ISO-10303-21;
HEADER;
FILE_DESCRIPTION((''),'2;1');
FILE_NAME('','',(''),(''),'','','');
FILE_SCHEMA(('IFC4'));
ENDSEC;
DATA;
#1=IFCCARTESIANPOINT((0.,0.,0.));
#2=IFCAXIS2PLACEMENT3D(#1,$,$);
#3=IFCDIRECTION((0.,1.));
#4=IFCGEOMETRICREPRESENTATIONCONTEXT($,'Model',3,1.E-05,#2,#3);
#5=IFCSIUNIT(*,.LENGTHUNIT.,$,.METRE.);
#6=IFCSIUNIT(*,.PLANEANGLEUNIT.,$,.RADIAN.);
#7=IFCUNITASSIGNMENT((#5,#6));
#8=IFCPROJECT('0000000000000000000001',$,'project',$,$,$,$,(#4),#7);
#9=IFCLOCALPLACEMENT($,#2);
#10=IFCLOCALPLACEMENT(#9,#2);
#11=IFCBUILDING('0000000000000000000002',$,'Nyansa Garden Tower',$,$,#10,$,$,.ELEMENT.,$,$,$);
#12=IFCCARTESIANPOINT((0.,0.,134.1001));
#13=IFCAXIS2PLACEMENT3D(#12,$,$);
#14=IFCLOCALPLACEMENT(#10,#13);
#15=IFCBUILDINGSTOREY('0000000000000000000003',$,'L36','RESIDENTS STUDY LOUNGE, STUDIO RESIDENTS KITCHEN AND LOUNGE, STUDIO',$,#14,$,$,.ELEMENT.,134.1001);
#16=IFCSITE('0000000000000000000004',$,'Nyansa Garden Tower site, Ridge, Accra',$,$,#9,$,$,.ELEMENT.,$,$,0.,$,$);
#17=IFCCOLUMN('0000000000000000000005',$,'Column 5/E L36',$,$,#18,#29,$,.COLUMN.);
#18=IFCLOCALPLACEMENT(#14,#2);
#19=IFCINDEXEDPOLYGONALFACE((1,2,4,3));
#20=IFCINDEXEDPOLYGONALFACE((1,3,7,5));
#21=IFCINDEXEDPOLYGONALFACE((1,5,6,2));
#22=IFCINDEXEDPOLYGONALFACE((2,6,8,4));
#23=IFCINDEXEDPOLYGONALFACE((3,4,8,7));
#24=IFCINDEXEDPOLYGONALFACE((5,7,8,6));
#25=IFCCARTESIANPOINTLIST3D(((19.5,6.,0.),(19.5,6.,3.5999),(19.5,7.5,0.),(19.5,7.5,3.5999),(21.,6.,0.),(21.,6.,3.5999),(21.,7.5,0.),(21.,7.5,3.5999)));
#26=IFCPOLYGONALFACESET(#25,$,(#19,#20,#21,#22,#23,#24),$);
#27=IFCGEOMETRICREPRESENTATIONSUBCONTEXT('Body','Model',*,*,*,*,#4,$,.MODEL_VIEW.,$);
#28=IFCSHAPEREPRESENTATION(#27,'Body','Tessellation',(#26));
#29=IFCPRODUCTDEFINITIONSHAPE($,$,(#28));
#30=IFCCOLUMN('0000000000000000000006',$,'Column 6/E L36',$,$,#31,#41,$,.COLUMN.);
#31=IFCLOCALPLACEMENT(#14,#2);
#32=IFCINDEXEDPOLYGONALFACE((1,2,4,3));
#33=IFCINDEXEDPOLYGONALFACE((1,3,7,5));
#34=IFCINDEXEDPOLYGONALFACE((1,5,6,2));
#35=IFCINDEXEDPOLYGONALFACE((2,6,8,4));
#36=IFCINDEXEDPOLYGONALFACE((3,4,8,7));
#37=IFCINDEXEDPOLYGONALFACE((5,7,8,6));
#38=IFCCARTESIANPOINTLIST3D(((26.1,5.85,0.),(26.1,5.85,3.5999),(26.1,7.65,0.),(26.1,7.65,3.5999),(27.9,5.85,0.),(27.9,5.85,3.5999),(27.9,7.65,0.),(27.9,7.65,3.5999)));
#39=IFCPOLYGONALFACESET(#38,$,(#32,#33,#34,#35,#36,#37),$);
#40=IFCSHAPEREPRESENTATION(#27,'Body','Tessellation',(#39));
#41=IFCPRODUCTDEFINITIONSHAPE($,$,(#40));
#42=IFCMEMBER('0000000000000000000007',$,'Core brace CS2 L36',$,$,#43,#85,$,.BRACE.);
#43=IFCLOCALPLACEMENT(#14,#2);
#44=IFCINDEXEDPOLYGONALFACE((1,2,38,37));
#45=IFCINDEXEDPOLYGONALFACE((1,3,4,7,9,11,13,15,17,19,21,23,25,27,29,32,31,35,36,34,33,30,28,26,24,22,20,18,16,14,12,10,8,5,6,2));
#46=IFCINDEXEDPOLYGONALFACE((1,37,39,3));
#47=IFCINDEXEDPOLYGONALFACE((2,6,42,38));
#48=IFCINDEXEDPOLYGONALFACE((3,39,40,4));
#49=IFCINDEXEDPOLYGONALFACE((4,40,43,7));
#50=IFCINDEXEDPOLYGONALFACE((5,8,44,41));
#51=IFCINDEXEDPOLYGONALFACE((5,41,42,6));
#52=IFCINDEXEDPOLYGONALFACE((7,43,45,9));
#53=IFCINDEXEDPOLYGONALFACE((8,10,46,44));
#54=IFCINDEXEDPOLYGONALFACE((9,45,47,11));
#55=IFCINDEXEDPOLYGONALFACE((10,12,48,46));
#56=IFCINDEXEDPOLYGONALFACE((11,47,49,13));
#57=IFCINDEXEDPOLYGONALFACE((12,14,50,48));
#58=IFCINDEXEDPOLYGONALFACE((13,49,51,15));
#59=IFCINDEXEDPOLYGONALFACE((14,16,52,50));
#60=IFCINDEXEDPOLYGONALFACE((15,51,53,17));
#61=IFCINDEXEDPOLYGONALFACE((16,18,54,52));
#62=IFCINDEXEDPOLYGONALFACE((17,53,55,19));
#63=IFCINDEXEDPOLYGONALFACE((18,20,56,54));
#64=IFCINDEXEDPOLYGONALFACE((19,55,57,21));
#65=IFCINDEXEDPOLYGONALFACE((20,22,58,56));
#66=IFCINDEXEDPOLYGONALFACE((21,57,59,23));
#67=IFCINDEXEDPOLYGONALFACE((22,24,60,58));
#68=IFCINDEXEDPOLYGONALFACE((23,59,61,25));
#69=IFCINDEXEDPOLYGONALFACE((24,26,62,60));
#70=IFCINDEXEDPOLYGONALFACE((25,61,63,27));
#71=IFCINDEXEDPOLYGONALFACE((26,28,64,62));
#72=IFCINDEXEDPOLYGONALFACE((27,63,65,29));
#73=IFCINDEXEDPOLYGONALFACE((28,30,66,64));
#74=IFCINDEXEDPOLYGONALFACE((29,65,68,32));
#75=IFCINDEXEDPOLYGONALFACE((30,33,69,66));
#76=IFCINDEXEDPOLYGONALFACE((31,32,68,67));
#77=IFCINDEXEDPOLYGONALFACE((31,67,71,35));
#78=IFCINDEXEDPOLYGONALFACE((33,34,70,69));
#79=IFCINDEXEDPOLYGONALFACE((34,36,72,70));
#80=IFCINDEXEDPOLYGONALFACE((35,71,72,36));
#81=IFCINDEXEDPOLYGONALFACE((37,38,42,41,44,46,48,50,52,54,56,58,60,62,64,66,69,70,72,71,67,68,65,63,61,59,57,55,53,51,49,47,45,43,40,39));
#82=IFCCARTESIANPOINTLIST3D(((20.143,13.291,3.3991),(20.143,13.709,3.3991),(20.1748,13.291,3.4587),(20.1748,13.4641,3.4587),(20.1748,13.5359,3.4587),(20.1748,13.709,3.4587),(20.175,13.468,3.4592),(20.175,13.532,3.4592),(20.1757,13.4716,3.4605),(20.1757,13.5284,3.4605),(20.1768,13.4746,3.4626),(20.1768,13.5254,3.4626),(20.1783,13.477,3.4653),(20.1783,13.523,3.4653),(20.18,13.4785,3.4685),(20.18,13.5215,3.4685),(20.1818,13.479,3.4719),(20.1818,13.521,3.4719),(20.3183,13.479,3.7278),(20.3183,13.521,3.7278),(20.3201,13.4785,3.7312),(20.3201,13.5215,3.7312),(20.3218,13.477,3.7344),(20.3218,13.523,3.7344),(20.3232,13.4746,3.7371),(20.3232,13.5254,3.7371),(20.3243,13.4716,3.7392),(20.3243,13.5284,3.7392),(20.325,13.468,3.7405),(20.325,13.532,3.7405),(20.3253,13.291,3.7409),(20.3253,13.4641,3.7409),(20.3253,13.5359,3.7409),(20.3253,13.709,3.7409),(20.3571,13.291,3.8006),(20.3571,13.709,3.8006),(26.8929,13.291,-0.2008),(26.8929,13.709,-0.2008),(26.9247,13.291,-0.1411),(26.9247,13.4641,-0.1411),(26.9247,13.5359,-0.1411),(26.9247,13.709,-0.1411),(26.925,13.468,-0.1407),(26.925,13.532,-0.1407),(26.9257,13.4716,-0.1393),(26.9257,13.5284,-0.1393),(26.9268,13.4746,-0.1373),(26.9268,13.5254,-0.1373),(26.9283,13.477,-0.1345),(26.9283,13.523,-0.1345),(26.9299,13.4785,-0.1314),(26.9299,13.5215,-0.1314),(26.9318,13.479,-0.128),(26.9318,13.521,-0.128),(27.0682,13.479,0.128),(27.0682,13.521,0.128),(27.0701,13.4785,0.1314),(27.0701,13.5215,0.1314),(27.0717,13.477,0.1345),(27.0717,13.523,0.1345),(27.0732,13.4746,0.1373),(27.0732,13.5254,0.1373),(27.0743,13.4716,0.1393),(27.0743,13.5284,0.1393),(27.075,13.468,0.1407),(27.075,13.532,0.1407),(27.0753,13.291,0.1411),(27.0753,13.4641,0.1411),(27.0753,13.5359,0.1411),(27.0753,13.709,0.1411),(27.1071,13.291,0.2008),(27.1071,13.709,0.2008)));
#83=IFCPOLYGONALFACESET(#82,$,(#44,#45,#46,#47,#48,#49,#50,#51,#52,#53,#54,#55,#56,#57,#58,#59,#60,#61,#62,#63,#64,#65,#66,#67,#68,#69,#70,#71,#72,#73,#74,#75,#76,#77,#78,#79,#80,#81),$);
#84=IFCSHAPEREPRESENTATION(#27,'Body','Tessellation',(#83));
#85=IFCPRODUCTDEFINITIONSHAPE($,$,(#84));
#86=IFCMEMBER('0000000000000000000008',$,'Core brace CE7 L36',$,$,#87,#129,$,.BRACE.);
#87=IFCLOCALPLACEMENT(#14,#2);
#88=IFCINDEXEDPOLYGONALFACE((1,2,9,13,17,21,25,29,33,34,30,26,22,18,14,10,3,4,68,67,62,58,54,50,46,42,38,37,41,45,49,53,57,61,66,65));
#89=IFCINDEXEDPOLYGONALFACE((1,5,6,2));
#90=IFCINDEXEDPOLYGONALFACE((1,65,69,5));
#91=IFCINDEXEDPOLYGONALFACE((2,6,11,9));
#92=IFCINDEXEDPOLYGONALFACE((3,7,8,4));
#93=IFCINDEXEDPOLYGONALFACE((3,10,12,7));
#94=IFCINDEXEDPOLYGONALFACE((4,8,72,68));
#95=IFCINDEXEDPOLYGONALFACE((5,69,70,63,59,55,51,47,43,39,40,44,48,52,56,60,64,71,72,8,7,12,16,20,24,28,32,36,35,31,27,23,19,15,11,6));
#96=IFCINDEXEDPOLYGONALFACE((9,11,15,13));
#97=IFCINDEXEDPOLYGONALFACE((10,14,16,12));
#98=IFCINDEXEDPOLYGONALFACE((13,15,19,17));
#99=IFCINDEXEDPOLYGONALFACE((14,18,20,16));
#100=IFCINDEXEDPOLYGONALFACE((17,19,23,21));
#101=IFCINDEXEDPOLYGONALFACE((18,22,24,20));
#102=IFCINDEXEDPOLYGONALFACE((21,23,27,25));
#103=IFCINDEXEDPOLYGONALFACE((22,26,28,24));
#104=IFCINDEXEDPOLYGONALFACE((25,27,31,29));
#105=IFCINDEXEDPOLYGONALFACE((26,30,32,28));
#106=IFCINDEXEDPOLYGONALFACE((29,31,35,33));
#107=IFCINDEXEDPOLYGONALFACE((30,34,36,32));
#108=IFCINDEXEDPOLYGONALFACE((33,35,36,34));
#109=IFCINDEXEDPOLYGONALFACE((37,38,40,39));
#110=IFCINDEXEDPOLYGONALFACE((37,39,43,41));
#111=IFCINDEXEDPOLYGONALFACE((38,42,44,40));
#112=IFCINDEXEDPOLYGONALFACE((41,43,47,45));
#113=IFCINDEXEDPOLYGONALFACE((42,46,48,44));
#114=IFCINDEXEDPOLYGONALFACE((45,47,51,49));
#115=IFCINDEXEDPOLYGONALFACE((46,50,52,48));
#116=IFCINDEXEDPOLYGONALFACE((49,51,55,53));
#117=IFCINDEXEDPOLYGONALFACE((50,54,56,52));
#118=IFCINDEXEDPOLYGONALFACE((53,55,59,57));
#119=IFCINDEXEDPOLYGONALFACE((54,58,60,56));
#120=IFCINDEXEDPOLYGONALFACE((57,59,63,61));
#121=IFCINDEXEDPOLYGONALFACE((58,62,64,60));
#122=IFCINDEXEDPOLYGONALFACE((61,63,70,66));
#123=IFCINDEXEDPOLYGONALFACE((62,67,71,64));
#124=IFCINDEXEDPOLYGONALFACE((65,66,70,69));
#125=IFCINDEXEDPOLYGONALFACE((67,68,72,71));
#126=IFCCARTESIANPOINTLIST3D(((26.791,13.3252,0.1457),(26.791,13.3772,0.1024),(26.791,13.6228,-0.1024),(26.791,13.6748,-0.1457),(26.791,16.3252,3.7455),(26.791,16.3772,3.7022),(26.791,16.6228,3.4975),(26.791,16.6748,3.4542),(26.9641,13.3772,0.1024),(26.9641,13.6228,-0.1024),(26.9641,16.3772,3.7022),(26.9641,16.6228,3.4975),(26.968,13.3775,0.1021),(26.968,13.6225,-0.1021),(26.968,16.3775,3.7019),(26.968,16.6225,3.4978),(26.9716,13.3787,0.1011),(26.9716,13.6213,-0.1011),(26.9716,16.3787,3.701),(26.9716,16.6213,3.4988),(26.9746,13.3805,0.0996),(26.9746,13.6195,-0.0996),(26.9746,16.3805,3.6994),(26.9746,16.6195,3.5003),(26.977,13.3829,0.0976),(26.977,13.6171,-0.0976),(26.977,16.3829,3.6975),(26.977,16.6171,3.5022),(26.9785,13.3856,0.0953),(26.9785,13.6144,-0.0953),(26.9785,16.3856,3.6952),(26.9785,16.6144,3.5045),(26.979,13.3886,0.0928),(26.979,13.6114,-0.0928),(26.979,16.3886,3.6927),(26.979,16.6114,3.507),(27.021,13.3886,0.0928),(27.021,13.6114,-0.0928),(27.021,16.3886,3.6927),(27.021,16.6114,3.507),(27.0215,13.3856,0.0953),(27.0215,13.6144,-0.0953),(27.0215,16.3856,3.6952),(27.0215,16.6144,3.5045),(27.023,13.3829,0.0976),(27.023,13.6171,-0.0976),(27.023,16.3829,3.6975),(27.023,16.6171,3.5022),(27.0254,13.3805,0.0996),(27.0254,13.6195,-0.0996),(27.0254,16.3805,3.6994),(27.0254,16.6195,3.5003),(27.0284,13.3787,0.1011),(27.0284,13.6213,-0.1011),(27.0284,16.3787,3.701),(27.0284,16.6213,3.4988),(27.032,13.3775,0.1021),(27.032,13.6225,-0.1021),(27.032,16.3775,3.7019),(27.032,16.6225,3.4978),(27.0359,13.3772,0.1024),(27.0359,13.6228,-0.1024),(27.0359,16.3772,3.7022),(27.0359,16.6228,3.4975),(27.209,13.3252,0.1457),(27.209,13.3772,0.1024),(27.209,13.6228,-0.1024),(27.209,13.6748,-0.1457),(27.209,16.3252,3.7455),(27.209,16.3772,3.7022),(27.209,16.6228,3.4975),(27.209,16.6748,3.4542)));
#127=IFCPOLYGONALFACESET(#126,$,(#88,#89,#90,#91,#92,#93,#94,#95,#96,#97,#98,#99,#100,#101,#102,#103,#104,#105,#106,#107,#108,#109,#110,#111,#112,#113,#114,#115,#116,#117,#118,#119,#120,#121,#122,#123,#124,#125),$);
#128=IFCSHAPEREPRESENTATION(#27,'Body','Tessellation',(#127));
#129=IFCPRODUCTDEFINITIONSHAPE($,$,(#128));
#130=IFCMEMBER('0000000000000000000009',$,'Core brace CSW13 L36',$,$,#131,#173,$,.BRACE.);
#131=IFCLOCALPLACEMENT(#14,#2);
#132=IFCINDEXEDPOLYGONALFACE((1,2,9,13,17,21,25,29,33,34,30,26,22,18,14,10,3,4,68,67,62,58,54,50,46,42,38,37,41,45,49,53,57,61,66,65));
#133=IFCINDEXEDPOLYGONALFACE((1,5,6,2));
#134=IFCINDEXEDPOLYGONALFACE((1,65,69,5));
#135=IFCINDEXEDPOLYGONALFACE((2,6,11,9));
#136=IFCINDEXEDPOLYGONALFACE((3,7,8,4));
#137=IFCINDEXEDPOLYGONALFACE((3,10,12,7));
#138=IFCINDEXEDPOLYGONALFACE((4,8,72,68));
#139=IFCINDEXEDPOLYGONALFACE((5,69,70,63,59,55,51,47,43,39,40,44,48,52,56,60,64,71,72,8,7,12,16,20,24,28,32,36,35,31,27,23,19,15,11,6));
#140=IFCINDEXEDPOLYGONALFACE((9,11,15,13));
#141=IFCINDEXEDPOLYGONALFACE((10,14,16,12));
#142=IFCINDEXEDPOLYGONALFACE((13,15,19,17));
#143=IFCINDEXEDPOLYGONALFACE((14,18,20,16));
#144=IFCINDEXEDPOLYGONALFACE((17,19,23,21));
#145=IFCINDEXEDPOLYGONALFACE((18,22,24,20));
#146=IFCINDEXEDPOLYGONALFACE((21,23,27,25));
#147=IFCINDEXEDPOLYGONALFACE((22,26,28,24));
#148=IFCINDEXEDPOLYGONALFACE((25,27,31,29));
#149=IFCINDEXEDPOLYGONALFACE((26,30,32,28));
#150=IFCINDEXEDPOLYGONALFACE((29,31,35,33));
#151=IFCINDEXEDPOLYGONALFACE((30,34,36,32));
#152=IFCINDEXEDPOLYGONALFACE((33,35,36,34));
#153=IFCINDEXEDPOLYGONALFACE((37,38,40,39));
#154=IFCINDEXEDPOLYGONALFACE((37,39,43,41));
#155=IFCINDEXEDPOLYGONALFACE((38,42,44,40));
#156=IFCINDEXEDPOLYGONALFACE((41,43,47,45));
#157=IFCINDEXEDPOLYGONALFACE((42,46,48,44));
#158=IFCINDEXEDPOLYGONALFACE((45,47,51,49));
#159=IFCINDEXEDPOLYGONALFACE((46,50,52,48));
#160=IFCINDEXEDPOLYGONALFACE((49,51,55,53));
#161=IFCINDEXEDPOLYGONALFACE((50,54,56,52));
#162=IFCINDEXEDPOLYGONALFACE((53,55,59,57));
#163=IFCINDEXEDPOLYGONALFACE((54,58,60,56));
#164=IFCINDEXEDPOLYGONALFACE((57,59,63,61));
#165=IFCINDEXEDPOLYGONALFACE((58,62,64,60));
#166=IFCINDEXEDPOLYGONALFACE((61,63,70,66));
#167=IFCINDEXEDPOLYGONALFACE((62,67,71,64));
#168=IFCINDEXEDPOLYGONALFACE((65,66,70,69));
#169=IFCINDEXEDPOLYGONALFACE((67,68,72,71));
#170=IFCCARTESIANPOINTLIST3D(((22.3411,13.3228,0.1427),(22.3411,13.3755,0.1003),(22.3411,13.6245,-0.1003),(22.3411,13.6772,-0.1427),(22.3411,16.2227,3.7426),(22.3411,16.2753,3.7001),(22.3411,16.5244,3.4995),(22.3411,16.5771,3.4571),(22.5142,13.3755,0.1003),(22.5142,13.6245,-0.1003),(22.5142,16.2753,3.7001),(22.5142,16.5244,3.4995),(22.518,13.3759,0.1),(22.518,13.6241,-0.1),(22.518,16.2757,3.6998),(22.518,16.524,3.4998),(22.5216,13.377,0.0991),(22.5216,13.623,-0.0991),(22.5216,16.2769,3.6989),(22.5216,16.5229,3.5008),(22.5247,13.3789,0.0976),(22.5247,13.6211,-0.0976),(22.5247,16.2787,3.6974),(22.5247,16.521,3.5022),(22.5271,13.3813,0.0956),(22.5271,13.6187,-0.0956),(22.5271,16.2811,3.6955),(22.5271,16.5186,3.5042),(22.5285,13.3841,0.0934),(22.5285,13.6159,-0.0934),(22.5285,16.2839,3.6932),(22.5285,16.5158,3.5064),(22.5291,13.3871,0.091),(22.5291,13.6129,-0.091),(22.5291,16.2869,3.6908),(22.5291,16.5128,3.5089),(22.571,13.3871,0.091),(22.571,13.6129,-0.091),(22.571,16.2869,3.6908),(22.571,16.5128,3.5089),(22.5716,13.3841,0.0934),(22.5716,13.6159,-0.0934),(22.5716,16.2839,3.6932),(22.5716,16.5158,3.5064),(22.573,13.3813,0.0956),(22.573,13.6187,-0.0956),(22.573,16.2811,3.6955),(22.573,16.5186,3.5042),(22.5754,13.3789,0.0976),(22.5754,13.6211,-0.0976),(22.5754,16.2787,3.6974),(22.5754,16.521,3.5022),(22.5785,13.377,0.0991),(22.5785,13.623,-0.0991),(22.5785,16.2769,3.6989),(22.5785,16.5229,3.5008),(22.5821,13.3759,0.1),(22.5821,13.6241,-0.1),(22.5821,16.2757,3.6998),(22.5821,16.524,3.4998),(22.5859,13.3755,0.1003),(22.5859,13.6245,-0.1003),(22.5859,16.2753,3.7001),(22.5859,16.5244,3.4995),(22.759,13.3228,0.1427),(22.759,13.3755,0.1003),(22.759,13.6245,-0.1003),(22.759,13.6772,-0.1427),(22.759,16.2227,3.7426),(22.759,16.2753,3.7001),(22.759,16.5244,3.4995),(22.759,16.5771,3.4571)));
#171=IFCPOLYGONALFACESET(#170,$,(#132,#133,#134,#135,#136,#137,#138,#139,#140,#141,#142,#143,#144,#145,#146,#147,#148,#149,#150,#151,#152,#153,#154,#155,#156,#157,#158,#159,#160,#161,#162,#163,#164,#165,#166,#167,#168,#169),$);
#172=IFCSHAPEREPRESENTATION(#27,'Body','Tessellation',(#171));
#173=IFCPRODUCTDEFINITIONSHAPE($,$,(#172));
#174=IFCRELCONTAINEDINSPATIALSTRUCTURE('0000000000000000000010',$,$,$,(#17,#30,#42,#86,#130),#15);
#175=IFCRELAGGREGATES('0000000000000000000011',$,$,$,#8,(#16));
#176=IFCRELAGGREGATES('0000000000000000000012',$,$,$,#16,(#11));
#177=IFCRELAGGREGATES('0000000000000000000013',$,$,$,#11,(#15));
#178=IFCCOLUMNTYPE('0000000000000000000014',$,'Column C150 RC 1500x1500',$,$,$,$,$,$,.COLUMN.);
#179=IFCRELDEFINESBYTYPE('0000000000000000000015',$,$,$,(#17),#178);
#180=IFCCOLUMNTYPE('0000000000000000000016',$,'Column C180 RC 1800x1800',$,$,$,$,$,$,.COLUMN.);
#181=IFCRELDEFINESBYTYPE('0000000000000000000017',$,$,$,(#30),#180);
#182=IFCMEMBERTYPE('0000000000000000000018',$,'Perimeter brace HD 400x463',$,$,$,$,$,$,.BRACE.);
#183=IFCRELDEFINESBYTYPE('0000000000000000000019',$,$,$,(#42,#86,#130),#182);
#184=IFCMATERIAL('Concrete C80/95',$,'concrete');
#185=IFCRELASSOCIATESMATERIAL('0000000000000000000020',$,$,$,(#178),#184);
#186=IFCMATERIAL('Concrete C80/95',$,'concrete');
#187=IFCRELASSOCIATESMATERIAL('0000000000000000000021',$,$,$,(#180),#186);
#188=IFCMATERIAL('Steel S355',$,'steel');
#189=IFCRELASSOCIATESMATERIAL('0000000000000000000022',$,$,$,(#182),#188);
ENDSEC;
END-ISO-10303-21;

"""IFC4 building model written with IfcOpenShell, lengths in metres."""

from ifc_helpers import new_model, si_unit, direction, frame, origin, origin_2d, place, context, subcontext, project, spatial, rectangle, i_section, extrude, material, material_profile, profile_set, type_object, element, save


model = new_model("IFC4")

# Units and contexts
model_context = context("Model", 3, precision=1e-05, world=origin(), true_north=direction((0.0, 1.0)))
body_context = subcontext(model_context, "Body", "Model", "MODEL_VIEW")
ifc_project = project(units=[si_unit("LENGTHUNIT", "METRE"), si_unit("PLANEANGLEUNIT", "RADIAN")], contexts=[model_context])

# Site, building, storey
site_placement = place(None, origin())
site = spatial("IfcSite", under=ifc_project, at=site_placement, Name="Nyansa Garden Tower site, Ridge, Accra", CompositionType="ELEMENT", RefElevation=0.0)
building_placement = place(site_placement, origin())
building = spatial("IfcBuilding", under=site, at=building_placement, Name="Nyansa Garden Tower", CompositionType="ELEMENT")
storey_placement = place(building_placement, frame((0.0, 0.0, 134.1001)))
storey = spatial("IfcBuildingStorey", under=building, at=storey_placement, Name="L36", Description="RESIDENTS STUDY LOUNGE, STUDIO RESIDENTS KITCHEN AND LOUNGE, STUDIO", CompositionType="ELEMENT", Elevation=134.1001)

# Columns
ifc_material_1 = material(Name="Concrete C80/95", Category="concrete")
ifc_material_profile_1 = material_profile(ifc_material_1, rectangle(XDim=1.5, YDim=1.5, at=origin_2d()), Name="RC 1500x1500")
ifc_profile_set_1 = profile_set([ifc_material_profile_1], Name="Concrete C80/95")
column_type_1 = type_object("IfcColumnType", Name="Column C150 RC 1500x1500", PredefinedType="COLUMN", material=ifc_profile_set_1)
column_1_placement = place(storey_placement, frame((20.25, 6.75, 0.0), z_axis=(0.0, 0.0, 1.0), x_axis=(1.0, 0.0, 0.0)))
element("IfcColumn", 1, at=column_1_placement, inside=storey, type_object=column_type_1, Name="Column 5/E L36", PredefinedType="COLUMN", context=body_context, shape_type="SweptSolid", body=[
    extrude(rectangle(XDim=1.5, YDim=1.5, at=origin_2d()), origin(), (0.0, 0.0, 1.0), 3.5999),
])
ifc_material_2 = material(Name="Concrete C80/95", Category="concrete")
ifc_material_profile_2 = material_profile(ifc_material_2, rectangle(XDim=1.8, YDim=1.8, at=origin_2d()), Name="RC 1800x1800")
ifc_profile_set_2 = profile_set([ifc_material_profile_2], Name="Concrete C80/95")
column_type_2 = type_object("IfcColumnType", Name="Column C180 RC 1800x1800", PredefinedType="COLUMN", material=ifc_profile_set_2)
column_2_placement = place(storey_placement, frame((27.0, 6.75, 0.0), z_axis=(0.0, 0.0, 1.0), x_axis=(1.0, 0.0, 0.0)))
element("IfcColumn", 2, at=column_2_placement, inside=storey, type_object=column_type_2, Name="Column 6/E L36", PredefinedType="COLUMN", context=body_context, shape_type="SweptSolid", body=[
    extrude(rectangle(XDim=1.8, YDim=1.8, at=origin_2d()), origin(), (0.0, 0.0, 1.0), 3.5999),
])

# Members
ifc_material_3 = material(Name="Steel S355", Category="steel")
ifc_material_profile_3 = material_profile(ifc_material_3, i_section(OverallWidth=0.418, OverallDepth=0.4551, WebThickness=0.042, FlangeThickness=0.0676, FilletRadius=0.0149, at=origin_2d()), Name="HD 400x463")
ifc_profile_set_3 = profile_set([ifc_material_profile_3], Name="Steel S355")
member_type = type_object("IfcMemberType", Name="Perimeter brace HD 400x463", PredefinedType="BRACE", material=ifc_profile_set_3)
member_1_placement = place(storey_placement, frame((27.0, 13.5, 0.0), z_axis=(-0.882361, 0.0, 0.470573), x_axis=(0.0, -1.0, 0.0)))
element("IfcMember", 3, at=member_1_placement, inside=storey, type_object=member_type, Name="Core brace CS2 L36", PredefinedType="BRACE", context=body_context, shape_type="SweptSolid", body=[
    extrude(i_section(OverallWidth=0.418, OverallDepth=0.4551, WebThickness=0.042, FlangeThickness=0.0676, FilletRadius=0.0149, at=origin_2d()), origin(), (0.0, 0.0, 1.0), 7.6499),
])
member_2_placement = place(storey_placement, frame((27.0, 13.5, 0.0), z_axis=(0.0, 0.6402, 0.768208), x_axis=(-1.0, 0.0, 0.0)))
element("IfcMember", 4, at=member_2_placement, inside=storey, type_object=member_type, Name="Core brace CE7 L36", PredefinedType="BRACE", context=body_context, shape_type="SweptSolid", body=[
    extrude(i_section(OverallWidth=0.418, OverallDepth=0.4551, WebThickness=0.042, FlangeThickness=0.0676, FilletRadius=0.0149, at=origin_2d()), origin(), (0.0, 0.0, 1.0), 4.686),
])
member_3_placement = place(storey_placement, frame((22.55, 13.5, 0.0), z_axis=(0.0, 0.627332, 0.778752), x_axis=(-1.0, 0.0, 0.0)))
element("IfcMember", 5, at=member_3_placement, inside=storey, type_object=member_type, Name="Core brace CSW13 L36", PredefinedType="BRACE", context=body_context, shape_type="SweptSolid", body=[
    extrude(i_section(OverallWidth=0.418, OverallDepth=0.4551, WebThickness=0.042, FlangeThickness=0.0676, FilletRadius=0.0149, at=origin_2d()), origin(), (0.0, 0.0, 1.0), 4.6226),
])

save(model, "model.ifc")
